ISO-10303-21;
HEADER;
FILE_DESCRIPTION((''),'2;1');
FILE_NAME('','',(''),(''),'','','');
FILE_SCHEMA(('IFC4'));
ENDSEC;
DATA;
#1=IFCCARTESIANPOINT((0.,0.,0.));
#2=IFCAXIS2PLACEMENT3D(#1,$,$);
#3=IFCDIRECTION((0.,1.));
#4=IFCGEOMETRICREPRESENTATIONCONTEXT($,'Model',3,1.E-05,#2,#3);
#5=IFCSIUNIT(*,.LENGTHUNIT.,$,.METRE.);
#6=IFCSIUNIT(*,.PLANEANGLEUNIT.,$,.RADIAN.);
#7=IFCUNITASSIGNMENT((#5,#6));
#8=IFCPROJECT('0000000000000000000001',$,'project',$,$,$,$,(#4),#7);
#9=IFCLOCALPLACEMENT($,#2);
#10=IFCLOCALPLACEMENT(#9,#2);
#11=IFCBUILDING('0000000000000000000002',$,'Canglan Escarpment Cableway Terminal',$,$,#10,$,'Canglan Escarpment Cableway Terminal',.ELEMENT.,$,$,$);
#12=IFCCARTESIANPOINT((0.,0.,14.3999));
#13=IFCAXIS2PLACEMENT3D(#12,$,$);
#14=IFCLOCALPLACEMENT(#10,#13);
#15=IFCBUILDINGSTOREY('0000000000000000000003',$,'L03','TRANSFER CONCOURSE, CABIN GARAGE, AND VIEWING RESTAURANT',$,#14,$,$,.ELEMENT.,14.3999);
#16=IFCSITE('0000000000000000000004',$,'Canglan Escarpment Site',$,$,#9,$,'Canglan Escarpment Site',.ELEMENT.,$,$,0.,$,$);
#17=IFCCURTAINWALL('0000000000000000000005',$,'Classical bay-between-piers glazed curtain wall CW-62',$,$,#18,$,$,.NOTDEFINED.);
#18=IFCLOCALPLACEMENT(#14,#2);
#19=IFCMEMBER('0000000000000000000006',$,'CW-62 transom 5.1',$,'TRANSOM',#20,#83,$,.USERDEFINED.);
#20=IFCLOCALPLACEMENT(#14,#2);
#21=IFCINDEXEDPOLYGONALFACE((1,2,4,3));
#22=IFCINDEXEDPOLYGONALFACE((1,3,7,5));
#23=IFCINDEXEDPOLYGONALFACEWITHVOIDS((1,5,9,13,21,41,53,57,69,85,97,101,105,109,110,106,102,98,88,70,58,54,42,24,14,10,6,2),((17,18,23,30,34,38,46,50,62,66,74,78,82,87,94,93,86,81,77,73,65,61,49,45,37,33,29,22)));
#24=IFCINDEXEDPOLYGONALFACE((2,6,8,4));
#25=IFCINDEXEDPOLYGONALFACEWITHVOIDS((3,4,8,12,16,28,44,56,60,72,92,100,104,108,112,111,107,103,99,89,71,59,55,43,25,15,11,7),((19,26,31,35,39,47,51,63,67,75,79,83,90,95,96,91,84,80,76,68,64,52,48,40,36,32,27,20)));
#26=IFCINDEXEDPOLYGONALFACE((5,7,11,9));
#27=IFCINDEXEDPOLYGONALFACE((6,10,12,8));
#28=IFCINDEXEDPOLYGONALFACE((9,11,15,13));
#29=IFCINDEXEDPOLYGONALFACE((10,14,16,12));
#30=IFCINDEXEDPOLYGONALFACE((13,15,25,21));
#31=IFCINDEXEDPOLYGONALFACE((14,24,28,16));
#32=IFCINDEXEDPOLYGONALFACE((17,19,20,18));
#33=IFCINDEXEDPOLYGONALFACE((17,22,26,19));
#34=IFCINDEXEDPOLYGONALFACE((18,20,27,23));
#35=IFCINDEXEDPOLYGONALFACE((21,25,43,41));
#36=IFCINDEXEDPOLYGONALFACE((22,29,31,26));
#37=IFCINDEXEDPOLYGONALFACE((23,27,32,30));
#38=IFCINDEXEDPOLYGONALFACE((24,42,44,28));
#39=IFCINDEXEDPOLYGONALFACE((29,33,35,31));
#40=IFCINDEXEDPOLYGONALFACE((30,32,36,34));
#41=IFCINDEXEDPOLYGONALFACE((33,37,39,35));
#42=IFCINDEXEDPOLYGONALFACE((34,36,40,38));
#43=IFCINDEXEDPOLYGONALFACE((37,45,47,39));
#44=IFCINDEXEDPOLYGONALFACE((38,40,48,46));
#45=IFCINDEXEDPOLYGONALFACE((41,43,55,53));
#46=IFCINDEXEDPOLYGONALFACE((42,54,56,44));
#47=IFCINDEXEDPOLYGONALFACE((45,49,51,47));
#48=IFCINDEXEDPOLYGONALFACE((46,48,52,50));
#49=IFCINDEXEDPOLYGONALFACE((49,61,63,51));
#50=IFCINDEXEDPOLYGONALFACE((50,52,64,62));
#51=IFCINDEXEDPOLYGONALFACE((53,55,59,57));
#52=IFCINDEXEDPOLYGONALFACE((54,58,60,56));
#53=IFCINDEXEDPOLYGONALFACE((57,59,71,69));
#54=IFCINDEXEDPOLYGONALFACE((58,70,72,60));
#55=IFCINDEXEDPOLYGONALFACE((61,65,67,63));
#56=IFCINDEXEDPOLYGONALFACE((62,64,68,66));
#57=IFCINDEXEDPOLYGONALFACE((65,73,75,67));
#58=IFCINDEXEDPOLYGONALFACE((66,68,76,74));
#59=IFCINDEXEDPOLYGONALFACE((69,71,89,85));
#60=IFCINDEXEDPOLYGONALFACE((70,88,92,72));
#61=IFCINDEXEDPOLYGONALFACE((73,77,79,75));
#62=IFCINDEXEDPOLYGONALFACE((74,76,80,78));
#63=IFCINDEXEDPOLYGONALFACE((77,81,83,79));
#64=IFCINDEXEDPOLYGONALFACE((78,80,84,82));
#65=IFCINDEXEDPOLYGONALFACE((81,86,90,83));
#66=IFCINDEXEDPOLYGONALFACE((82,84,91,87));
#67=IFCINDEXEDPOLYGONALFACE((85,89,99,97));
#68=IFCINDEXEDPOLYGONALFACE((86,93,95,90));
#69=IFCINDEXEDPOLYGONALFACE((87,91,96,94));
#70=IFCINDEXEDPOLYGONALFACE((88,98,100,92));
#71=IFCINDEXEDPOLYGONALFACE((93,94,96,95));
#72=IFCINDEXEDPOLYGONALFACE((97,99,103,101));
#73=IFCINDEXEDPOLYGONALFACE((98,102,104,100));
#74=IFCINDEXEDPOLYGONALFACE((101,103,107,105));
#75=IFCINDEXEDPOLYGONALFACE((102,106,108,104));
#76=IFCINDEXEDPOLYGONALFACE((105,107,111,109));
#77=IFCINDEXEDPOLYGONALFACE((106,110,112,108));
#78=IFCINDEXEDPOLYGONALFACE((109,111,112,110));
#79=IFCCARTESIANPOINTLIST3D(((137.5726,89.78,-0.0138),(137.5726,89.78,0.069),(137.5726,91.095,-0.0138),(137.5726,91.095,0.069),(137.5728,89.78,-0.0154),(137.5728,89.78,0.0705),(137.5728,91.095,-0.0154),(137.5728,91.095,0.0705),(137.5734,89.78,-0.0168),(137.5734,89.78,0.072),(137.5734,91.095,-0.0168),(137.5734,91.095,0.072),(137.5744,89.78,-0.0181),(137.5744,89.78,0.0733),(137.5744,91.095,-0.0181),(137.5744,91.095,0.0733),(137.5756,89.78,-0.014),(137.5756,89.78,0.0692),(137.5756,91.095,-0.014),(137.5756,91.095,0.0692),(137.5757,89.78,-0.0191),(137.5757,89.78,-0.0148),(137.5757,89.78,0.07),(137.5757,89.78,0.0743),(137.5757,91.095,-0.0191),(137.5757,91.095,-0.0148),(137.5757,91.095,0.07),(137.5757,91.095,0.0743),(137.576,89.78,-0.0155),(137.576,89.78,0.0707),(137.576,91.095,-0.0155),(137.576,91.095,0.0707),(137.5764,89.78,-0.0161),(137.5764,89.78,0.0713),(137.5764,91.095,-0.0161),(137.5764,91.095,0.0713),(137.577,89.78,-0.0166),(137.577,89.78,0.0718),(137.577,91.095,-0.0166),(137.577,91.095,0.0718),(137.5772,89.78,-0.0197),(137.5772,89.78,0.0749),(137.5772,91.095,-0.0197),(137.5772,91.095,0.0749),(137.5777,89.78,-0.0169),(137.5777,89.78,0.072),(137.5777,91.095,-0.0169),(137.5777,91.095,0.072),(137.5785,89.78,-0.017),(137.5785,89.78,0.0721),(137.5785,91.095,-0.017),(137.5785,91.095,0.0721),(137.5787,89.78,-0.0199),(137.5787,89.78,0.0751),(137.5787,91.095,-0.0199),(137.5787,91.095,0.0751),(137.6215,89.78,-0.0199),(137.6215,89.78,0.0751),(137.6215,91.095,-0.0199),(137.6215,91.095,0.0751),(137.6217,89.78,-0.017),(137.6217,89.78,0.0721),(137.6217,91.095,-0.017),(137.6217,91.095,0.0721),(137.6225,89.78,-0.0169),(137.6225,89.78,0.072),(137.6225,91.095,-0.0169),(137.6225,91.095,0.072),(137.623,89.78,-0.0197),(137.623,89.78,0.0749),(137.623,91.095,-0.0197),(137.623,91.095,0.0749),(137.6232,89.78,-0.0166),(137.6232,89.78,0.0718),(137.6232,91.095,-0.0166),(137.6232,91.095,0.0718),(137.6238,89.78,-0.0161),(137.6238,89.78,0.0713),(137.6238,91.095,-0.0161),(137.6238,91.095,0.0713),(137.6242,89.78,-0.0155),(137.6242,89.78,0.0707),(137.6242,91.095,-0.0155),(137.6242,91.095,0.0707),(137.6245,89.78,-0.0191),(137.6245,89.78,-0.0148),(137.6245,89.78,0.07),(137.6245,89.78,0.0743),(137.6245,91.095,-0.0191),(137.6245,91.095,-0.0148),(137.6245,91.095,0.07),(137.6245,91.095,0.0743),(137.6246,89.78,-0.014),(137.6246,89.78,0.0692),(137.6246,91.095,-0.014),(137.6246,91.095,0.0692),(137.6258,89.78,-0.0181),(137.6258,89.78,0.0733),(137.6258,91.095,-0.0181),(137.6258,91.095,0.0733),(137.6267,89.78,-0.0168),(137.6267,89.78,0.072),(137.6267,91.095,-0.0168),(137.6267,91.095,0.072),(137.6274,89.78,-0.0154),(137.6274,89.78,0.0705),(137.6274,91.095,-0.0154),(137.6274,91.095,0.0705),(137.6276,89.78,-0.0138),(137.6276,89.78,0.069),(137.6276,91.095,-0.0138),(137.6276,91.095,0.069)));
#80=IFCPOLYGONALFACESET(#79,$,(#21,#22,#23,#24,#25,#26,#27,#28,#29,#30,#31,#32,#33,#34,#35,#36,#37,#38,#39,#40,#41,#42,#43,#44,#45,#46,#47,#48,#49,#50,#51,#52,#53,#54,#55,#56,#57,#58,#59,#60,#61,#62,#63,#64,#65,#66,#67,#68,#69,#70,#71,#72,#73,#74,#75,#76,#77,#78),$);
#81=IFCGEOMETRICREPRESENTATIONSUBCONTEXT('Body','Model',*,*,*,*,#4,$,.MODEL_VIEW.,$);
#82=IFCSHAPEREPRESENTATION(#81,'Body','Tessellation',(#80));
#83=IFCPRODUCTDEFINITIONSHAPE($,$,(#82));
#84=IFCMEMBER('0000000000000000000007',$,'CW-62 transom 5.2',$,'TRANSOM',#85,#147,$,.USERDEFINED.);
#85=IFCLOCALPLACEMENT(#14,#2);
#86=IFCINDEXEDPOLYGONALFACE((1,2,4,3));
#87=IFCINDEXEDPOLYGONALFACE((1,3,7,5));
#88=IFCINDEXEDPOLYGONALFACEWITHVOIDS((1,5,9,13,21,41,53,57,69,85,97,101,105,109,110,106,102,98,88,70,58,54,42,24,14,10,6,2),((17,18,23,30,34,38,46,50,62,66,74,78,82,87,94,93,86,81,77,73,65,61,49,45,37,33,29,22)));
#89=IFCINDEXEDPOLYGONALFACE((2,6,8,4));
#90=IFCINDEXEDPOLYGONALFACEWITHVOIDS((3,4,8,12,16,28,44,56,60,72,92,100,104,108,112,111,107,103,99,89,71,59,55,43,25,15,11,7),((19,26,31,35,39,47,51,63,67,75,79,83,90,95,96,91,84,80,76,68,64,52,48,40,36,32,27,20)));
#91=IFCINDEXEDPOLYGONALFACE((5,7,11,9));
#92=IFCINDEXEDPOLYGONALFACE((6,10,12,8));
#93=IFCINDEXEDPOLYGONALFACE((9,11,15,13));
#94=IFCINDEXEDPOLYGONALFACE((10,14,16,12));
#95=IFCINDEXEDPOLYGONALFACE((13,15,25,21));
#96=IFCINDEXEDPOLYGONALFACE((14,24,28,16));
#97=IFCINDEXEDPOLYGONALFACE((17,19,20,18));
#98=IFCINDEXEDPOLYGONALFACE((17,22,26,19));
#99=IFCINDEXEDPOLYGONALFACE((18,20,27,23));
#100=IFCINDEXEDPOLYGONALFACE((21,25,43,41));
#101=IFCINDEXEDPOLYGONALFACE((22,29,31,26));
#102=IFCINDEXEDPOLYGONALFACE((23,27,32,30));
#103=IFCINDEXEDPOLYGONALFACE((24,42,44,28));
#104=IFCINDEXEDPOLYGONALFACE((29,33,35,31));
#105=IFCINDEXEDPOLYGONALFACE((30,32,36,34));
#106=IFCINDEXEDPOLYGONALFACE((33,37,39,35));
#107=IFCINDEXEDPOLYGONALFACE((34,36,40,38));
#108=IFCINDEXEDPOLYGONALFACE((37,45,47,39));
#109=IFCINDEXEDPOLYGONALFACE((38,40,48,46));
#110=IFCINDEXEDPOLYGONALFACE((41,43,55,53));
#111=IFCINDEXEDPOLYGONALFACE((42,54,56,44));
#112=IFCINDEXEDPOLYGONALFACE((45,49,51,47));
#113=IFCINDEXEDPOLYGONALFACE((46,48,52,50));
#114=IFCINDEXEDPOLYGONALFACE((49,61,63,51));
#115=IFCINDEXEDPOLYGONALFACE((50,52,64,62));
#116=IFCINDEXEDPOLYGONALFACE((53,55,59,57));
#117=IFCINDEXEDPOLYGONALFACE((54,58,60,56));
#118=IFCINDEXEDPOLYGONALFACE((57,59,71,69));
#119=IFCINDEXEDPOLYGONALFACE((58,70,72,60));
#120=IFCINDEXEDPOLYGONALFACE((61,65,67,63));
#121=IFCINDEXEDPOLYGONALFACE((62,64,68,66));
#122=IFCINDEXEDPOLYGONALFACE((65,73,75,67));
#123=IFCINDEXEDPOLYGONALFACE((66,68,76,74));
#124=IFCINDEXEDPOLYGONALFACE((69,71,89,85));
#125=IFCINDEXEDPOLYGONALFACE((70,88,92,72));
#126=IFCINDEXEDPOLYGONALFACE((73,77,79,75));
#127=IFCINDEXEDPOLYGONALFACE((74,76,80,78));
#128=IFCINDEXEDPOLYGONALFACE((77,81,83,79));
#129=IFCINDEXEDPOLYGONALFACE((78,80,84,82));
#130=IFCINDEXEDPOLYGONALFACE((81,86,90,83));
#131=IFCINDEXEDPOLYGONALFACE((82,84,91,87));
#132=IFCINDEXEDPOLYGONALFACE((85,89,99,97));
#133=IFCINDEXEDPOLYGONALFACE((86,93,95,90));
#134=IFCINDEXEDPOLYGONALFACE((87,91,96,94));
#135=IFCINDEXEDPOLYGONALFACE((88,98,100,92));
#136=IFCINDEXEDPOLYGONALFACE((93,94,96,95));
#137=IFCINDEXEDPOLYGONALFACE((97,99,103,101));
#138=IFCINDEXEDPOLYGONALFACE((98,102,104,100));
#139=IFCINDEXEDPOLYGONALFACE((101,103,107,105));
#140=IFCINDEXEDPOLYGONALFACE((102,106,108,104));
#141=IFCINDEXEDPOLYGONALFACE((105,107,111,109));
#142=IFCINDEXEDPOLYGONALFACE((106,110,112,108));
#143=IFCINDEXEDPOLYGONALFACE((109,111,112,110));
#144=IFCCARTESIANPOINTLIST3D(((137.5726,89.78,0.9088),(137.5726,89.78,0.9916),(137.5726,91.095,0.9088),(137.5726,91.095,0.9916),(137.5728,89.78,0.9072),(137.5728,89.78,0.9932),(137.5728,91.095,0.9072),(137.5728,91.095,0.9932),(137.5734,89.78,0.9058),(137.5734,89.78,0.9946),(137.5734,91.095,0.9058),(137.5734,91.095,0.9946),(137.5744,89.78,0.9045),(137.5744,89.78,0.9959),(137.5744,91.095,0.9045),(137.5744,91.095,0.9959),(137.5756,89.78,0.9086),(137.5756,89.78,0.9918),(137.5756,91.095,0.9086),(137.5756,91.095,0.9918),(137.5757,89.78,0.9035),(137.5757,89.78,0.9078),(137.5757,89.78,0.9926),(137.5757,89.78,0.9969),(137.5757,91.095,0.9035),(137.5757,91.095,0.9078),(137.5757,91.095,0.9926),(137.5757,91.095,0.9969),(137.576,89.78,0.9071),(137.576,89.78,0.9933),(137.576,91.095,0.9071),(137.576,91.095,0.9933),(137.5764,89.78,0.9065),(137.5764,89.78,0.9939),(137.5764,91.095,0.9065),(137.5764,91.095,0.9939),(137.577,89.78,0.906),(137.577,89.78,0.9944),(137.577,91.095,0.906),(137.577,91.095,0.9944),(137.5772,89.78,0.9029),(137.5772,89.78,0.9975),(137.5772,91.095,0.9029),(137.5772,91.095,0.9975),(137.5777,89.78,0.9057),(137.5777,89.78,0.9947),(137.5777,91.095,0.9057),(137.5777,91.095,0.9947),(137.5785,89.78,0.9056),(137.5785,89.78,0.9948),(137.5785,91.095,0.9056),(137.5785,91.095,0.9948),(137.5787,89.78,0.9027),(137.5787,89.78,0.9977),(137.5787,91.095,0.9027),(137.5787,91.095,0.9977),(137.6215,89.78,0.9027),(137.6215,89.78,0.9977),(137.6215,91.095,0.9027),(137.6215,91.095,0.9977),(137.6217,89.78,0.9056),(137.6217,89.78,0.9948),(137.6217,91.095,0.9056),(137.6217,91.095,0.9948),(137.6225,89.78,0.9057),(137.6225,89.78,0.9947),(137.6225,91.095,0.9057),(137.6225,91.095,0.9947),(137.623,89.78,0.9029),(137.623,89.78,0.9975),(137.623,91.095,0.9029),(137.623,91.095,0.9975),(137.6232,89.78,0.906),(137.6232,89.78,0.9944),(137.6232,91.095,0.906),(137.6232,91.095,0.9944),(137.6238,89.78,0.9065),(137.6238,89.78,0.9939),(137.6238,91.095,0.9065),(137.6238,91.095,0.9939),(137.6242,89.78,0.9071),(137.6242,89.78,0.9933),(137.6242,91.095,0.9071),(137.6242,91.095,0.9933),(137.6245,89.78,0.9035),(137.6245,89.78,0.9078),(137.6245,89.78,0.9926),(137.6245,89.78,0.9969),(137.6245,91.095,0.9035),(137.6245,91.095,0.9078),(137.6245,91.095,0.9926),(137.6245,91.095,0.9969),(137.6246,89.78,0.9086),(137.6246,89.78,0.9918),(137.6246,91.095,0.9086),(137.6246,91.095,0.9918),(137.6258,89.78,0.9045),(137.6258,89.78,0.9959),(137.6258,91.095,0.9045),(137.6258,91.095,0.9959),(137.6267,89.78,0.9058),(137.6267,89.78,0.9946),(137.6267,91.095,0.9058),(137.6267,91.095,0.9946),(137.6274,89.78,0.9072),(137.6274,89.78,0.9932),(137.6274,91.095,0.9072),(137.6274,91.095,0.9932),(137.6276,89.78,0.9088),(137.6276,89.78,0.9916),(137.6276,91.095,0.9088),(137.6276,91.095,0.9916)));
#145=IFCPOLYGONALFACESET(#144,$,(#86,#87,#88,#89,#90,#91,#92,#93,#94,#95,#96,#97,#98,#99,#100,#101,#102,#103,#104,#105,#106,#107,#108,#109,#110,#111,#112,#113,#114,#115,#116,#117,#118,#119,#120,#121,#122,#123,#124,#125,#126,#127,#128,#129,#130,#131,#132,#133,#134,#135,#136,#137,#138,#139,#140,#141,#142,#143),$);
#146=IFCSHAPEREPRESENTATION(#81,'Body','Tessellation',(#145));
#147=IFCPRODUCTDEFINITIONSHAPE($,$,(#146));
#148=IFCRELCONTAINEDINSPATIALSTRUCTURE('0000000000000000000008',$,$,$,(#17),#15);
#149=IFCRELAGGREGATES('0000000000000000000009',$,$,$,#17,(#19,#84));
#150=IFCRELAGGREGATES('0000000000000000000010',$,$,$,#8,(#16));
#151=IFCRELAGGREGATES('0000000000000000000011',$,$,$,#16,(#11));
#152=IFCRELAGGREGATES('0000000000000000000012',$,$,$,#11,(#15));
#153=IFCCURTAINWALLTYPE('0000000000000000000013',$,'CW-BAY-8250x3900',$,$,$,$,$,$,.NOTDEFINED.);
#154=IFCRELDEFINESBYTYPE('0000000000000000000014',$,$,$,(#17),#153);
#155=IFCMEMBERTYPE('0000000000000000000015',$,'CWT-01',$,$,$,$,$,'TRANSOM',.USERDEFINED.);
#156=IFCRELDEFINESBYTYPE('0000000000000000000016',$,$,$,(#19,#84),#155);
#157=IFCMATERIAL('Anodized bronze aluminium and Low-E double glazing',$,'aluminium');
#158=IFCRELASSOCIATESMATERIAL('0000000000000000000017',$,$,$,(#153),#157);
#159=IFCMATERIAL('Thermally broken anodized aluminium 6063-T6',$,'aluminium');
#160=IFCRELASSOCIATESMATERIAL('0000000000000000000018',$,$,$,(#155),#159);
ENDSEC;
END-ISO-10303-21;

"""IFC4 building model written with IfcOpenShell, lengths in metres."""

from ifc_helpers import new_model, si_unit, direction, frame, origin, origin_2d, place, context, subcontext, project, spatial, hollow_rectangle, extrude, material, material_profile, profile_set, type_object, element, aggregate, save


model = new_model("IFC4")

# Units and contexts
model_context = context("Model", 3, precision=1e-05, world=origin(), true_north=direction((0.0, 1.0)))
body_context = subcontext(model_context, "Body", "Model", "MODEL_VIEW")
ifc_project = project(units=[si_unit("LENGTHUNIT", "METRE"), si_unit("PLANEANGLEUNIT", "RADIAN")], contexts=[model_context])

# Site, building, storey
site_placement = place(None, origin())
site = spatial("IfcSite", under=ifc_project, at=site_placement, Name="Canglan Escarpment Site", LongName="Canglan Escarpment Site", CompositionType="ELEMENT", RefElevation=0.0)
building_placement = place(site_placement, origin())
building = spatial("IfcBuilding", under=site, at=building_placement, Name="Canglan Escarpment Cableway Terminal", LongName="Canglan Escarpment Cableway Terminal", CompositionType="ELEMENT")
storey_placement = place(building_placement, frame((0.0, 0.0, 14.3999)))
storey = spatial("IfcBuildingStorey", under=building, at=storey_placement, Name="L03", Description="TRANSFER CONCOURSE, CABIN GARAGE, AND VIEWING RESTAURANT", CompositionType="ELEMENT", Elevation=14.3999)

# Curtain wall, members
ifc_material_1 = material(Name="Anodized bronze aluminium and Low-E double glazing", Category="aluminium")
curtain_wall_type = type_object("IfcCurtainWallType", Name="CW-BAY-8250x3900", PredefinedType="NOTDEFINED", material=ifc_material_1)
curtain_wall_placement = place(storey_placement, origin())
curtain_wall = element("IfcCurtainWall", 1, at=curtain_wall_placement, inside=storey, type_object=curtain_wall_type, Name="Classical bay-between-piers glazed curtain wall CW-62", PredefinedType="NOTDEFINED")
ifc_material_2 = material(Name="Thermally broken anodized aluminium 6063-T6", Category="aluminium")
ifc_material_profile_1 = material_profile(ifc_material_2, hollow_rectangle(XDim=0.0549, YDim=0.095, WallThickness=0.0029, InnerFilletRadius=0.0029, OuterFilletRadius=0.0061, at=origin_2d()), Name="ALU-TRAN 55x95x3")
ifc_profile_set_1 = profile_set([ifc_material_profile_1], Name="Thermally broken anodized aluminium 6063-T6")
member_type_1 = type_object("IfcMemberType", Name="CWT-01", ElementType="TRANSOM", PredefinedType="USERDEFINED", material=ifc_profile_set_1)
member_1_placement = place(storey_placement, frame((137.6001, 91.095, 0.0276), z_axis=(0.0, -1.0, 0.0), x_axis=(1.0, 0.0, 0.0)))
member_1 = element("IfcMember", 2, at=member_1_placement, type_object=member_type_1, Name="CW-62 transom 5.1", ObjectType="TRANSOM", PredefinedType="USERDEFINED", context=body_context, shape_type="SweptSolid", body=[
    extrude(hollow_rectangle(XDim=0.0549, YDim=0.095, WallThickness=0.0029, InnerFilletRadius=0.0029, OuterFilletRadius=0.0061, at=origin_2d()), origin(), (0.0, 0.0, 1.0), 1.3149),
])
member_2_placement = place(storey_placement, frame((137.6001, 91.095, 0.9502), z_axis=(0.0, -1.0, 0.0), x_axis=(1.0, 0.0, 0.0)))
member_2 = element("IfcMember", 3, at=member_2_placement, type_object=member_type_1, Name="CW-62 transom 5.2", ObjectType="TRANSOM", PredefinedType="USERDEFINED", context=body_context, shape_type="SweptSolid", body=[
    extrude(hollow_rectangle(XDim=0.0549, YDim=0.095, WallThickness=0.0029, InnerFilletRadius=0.0029, OuterFilletRadius=0.0061, at=origin_2d()), origin(), (0.0, 0.0, 1.0), 1.3149),
])
aggregate(curtain_wall, [member_1, member_2])

save(model, "model.ifc")
